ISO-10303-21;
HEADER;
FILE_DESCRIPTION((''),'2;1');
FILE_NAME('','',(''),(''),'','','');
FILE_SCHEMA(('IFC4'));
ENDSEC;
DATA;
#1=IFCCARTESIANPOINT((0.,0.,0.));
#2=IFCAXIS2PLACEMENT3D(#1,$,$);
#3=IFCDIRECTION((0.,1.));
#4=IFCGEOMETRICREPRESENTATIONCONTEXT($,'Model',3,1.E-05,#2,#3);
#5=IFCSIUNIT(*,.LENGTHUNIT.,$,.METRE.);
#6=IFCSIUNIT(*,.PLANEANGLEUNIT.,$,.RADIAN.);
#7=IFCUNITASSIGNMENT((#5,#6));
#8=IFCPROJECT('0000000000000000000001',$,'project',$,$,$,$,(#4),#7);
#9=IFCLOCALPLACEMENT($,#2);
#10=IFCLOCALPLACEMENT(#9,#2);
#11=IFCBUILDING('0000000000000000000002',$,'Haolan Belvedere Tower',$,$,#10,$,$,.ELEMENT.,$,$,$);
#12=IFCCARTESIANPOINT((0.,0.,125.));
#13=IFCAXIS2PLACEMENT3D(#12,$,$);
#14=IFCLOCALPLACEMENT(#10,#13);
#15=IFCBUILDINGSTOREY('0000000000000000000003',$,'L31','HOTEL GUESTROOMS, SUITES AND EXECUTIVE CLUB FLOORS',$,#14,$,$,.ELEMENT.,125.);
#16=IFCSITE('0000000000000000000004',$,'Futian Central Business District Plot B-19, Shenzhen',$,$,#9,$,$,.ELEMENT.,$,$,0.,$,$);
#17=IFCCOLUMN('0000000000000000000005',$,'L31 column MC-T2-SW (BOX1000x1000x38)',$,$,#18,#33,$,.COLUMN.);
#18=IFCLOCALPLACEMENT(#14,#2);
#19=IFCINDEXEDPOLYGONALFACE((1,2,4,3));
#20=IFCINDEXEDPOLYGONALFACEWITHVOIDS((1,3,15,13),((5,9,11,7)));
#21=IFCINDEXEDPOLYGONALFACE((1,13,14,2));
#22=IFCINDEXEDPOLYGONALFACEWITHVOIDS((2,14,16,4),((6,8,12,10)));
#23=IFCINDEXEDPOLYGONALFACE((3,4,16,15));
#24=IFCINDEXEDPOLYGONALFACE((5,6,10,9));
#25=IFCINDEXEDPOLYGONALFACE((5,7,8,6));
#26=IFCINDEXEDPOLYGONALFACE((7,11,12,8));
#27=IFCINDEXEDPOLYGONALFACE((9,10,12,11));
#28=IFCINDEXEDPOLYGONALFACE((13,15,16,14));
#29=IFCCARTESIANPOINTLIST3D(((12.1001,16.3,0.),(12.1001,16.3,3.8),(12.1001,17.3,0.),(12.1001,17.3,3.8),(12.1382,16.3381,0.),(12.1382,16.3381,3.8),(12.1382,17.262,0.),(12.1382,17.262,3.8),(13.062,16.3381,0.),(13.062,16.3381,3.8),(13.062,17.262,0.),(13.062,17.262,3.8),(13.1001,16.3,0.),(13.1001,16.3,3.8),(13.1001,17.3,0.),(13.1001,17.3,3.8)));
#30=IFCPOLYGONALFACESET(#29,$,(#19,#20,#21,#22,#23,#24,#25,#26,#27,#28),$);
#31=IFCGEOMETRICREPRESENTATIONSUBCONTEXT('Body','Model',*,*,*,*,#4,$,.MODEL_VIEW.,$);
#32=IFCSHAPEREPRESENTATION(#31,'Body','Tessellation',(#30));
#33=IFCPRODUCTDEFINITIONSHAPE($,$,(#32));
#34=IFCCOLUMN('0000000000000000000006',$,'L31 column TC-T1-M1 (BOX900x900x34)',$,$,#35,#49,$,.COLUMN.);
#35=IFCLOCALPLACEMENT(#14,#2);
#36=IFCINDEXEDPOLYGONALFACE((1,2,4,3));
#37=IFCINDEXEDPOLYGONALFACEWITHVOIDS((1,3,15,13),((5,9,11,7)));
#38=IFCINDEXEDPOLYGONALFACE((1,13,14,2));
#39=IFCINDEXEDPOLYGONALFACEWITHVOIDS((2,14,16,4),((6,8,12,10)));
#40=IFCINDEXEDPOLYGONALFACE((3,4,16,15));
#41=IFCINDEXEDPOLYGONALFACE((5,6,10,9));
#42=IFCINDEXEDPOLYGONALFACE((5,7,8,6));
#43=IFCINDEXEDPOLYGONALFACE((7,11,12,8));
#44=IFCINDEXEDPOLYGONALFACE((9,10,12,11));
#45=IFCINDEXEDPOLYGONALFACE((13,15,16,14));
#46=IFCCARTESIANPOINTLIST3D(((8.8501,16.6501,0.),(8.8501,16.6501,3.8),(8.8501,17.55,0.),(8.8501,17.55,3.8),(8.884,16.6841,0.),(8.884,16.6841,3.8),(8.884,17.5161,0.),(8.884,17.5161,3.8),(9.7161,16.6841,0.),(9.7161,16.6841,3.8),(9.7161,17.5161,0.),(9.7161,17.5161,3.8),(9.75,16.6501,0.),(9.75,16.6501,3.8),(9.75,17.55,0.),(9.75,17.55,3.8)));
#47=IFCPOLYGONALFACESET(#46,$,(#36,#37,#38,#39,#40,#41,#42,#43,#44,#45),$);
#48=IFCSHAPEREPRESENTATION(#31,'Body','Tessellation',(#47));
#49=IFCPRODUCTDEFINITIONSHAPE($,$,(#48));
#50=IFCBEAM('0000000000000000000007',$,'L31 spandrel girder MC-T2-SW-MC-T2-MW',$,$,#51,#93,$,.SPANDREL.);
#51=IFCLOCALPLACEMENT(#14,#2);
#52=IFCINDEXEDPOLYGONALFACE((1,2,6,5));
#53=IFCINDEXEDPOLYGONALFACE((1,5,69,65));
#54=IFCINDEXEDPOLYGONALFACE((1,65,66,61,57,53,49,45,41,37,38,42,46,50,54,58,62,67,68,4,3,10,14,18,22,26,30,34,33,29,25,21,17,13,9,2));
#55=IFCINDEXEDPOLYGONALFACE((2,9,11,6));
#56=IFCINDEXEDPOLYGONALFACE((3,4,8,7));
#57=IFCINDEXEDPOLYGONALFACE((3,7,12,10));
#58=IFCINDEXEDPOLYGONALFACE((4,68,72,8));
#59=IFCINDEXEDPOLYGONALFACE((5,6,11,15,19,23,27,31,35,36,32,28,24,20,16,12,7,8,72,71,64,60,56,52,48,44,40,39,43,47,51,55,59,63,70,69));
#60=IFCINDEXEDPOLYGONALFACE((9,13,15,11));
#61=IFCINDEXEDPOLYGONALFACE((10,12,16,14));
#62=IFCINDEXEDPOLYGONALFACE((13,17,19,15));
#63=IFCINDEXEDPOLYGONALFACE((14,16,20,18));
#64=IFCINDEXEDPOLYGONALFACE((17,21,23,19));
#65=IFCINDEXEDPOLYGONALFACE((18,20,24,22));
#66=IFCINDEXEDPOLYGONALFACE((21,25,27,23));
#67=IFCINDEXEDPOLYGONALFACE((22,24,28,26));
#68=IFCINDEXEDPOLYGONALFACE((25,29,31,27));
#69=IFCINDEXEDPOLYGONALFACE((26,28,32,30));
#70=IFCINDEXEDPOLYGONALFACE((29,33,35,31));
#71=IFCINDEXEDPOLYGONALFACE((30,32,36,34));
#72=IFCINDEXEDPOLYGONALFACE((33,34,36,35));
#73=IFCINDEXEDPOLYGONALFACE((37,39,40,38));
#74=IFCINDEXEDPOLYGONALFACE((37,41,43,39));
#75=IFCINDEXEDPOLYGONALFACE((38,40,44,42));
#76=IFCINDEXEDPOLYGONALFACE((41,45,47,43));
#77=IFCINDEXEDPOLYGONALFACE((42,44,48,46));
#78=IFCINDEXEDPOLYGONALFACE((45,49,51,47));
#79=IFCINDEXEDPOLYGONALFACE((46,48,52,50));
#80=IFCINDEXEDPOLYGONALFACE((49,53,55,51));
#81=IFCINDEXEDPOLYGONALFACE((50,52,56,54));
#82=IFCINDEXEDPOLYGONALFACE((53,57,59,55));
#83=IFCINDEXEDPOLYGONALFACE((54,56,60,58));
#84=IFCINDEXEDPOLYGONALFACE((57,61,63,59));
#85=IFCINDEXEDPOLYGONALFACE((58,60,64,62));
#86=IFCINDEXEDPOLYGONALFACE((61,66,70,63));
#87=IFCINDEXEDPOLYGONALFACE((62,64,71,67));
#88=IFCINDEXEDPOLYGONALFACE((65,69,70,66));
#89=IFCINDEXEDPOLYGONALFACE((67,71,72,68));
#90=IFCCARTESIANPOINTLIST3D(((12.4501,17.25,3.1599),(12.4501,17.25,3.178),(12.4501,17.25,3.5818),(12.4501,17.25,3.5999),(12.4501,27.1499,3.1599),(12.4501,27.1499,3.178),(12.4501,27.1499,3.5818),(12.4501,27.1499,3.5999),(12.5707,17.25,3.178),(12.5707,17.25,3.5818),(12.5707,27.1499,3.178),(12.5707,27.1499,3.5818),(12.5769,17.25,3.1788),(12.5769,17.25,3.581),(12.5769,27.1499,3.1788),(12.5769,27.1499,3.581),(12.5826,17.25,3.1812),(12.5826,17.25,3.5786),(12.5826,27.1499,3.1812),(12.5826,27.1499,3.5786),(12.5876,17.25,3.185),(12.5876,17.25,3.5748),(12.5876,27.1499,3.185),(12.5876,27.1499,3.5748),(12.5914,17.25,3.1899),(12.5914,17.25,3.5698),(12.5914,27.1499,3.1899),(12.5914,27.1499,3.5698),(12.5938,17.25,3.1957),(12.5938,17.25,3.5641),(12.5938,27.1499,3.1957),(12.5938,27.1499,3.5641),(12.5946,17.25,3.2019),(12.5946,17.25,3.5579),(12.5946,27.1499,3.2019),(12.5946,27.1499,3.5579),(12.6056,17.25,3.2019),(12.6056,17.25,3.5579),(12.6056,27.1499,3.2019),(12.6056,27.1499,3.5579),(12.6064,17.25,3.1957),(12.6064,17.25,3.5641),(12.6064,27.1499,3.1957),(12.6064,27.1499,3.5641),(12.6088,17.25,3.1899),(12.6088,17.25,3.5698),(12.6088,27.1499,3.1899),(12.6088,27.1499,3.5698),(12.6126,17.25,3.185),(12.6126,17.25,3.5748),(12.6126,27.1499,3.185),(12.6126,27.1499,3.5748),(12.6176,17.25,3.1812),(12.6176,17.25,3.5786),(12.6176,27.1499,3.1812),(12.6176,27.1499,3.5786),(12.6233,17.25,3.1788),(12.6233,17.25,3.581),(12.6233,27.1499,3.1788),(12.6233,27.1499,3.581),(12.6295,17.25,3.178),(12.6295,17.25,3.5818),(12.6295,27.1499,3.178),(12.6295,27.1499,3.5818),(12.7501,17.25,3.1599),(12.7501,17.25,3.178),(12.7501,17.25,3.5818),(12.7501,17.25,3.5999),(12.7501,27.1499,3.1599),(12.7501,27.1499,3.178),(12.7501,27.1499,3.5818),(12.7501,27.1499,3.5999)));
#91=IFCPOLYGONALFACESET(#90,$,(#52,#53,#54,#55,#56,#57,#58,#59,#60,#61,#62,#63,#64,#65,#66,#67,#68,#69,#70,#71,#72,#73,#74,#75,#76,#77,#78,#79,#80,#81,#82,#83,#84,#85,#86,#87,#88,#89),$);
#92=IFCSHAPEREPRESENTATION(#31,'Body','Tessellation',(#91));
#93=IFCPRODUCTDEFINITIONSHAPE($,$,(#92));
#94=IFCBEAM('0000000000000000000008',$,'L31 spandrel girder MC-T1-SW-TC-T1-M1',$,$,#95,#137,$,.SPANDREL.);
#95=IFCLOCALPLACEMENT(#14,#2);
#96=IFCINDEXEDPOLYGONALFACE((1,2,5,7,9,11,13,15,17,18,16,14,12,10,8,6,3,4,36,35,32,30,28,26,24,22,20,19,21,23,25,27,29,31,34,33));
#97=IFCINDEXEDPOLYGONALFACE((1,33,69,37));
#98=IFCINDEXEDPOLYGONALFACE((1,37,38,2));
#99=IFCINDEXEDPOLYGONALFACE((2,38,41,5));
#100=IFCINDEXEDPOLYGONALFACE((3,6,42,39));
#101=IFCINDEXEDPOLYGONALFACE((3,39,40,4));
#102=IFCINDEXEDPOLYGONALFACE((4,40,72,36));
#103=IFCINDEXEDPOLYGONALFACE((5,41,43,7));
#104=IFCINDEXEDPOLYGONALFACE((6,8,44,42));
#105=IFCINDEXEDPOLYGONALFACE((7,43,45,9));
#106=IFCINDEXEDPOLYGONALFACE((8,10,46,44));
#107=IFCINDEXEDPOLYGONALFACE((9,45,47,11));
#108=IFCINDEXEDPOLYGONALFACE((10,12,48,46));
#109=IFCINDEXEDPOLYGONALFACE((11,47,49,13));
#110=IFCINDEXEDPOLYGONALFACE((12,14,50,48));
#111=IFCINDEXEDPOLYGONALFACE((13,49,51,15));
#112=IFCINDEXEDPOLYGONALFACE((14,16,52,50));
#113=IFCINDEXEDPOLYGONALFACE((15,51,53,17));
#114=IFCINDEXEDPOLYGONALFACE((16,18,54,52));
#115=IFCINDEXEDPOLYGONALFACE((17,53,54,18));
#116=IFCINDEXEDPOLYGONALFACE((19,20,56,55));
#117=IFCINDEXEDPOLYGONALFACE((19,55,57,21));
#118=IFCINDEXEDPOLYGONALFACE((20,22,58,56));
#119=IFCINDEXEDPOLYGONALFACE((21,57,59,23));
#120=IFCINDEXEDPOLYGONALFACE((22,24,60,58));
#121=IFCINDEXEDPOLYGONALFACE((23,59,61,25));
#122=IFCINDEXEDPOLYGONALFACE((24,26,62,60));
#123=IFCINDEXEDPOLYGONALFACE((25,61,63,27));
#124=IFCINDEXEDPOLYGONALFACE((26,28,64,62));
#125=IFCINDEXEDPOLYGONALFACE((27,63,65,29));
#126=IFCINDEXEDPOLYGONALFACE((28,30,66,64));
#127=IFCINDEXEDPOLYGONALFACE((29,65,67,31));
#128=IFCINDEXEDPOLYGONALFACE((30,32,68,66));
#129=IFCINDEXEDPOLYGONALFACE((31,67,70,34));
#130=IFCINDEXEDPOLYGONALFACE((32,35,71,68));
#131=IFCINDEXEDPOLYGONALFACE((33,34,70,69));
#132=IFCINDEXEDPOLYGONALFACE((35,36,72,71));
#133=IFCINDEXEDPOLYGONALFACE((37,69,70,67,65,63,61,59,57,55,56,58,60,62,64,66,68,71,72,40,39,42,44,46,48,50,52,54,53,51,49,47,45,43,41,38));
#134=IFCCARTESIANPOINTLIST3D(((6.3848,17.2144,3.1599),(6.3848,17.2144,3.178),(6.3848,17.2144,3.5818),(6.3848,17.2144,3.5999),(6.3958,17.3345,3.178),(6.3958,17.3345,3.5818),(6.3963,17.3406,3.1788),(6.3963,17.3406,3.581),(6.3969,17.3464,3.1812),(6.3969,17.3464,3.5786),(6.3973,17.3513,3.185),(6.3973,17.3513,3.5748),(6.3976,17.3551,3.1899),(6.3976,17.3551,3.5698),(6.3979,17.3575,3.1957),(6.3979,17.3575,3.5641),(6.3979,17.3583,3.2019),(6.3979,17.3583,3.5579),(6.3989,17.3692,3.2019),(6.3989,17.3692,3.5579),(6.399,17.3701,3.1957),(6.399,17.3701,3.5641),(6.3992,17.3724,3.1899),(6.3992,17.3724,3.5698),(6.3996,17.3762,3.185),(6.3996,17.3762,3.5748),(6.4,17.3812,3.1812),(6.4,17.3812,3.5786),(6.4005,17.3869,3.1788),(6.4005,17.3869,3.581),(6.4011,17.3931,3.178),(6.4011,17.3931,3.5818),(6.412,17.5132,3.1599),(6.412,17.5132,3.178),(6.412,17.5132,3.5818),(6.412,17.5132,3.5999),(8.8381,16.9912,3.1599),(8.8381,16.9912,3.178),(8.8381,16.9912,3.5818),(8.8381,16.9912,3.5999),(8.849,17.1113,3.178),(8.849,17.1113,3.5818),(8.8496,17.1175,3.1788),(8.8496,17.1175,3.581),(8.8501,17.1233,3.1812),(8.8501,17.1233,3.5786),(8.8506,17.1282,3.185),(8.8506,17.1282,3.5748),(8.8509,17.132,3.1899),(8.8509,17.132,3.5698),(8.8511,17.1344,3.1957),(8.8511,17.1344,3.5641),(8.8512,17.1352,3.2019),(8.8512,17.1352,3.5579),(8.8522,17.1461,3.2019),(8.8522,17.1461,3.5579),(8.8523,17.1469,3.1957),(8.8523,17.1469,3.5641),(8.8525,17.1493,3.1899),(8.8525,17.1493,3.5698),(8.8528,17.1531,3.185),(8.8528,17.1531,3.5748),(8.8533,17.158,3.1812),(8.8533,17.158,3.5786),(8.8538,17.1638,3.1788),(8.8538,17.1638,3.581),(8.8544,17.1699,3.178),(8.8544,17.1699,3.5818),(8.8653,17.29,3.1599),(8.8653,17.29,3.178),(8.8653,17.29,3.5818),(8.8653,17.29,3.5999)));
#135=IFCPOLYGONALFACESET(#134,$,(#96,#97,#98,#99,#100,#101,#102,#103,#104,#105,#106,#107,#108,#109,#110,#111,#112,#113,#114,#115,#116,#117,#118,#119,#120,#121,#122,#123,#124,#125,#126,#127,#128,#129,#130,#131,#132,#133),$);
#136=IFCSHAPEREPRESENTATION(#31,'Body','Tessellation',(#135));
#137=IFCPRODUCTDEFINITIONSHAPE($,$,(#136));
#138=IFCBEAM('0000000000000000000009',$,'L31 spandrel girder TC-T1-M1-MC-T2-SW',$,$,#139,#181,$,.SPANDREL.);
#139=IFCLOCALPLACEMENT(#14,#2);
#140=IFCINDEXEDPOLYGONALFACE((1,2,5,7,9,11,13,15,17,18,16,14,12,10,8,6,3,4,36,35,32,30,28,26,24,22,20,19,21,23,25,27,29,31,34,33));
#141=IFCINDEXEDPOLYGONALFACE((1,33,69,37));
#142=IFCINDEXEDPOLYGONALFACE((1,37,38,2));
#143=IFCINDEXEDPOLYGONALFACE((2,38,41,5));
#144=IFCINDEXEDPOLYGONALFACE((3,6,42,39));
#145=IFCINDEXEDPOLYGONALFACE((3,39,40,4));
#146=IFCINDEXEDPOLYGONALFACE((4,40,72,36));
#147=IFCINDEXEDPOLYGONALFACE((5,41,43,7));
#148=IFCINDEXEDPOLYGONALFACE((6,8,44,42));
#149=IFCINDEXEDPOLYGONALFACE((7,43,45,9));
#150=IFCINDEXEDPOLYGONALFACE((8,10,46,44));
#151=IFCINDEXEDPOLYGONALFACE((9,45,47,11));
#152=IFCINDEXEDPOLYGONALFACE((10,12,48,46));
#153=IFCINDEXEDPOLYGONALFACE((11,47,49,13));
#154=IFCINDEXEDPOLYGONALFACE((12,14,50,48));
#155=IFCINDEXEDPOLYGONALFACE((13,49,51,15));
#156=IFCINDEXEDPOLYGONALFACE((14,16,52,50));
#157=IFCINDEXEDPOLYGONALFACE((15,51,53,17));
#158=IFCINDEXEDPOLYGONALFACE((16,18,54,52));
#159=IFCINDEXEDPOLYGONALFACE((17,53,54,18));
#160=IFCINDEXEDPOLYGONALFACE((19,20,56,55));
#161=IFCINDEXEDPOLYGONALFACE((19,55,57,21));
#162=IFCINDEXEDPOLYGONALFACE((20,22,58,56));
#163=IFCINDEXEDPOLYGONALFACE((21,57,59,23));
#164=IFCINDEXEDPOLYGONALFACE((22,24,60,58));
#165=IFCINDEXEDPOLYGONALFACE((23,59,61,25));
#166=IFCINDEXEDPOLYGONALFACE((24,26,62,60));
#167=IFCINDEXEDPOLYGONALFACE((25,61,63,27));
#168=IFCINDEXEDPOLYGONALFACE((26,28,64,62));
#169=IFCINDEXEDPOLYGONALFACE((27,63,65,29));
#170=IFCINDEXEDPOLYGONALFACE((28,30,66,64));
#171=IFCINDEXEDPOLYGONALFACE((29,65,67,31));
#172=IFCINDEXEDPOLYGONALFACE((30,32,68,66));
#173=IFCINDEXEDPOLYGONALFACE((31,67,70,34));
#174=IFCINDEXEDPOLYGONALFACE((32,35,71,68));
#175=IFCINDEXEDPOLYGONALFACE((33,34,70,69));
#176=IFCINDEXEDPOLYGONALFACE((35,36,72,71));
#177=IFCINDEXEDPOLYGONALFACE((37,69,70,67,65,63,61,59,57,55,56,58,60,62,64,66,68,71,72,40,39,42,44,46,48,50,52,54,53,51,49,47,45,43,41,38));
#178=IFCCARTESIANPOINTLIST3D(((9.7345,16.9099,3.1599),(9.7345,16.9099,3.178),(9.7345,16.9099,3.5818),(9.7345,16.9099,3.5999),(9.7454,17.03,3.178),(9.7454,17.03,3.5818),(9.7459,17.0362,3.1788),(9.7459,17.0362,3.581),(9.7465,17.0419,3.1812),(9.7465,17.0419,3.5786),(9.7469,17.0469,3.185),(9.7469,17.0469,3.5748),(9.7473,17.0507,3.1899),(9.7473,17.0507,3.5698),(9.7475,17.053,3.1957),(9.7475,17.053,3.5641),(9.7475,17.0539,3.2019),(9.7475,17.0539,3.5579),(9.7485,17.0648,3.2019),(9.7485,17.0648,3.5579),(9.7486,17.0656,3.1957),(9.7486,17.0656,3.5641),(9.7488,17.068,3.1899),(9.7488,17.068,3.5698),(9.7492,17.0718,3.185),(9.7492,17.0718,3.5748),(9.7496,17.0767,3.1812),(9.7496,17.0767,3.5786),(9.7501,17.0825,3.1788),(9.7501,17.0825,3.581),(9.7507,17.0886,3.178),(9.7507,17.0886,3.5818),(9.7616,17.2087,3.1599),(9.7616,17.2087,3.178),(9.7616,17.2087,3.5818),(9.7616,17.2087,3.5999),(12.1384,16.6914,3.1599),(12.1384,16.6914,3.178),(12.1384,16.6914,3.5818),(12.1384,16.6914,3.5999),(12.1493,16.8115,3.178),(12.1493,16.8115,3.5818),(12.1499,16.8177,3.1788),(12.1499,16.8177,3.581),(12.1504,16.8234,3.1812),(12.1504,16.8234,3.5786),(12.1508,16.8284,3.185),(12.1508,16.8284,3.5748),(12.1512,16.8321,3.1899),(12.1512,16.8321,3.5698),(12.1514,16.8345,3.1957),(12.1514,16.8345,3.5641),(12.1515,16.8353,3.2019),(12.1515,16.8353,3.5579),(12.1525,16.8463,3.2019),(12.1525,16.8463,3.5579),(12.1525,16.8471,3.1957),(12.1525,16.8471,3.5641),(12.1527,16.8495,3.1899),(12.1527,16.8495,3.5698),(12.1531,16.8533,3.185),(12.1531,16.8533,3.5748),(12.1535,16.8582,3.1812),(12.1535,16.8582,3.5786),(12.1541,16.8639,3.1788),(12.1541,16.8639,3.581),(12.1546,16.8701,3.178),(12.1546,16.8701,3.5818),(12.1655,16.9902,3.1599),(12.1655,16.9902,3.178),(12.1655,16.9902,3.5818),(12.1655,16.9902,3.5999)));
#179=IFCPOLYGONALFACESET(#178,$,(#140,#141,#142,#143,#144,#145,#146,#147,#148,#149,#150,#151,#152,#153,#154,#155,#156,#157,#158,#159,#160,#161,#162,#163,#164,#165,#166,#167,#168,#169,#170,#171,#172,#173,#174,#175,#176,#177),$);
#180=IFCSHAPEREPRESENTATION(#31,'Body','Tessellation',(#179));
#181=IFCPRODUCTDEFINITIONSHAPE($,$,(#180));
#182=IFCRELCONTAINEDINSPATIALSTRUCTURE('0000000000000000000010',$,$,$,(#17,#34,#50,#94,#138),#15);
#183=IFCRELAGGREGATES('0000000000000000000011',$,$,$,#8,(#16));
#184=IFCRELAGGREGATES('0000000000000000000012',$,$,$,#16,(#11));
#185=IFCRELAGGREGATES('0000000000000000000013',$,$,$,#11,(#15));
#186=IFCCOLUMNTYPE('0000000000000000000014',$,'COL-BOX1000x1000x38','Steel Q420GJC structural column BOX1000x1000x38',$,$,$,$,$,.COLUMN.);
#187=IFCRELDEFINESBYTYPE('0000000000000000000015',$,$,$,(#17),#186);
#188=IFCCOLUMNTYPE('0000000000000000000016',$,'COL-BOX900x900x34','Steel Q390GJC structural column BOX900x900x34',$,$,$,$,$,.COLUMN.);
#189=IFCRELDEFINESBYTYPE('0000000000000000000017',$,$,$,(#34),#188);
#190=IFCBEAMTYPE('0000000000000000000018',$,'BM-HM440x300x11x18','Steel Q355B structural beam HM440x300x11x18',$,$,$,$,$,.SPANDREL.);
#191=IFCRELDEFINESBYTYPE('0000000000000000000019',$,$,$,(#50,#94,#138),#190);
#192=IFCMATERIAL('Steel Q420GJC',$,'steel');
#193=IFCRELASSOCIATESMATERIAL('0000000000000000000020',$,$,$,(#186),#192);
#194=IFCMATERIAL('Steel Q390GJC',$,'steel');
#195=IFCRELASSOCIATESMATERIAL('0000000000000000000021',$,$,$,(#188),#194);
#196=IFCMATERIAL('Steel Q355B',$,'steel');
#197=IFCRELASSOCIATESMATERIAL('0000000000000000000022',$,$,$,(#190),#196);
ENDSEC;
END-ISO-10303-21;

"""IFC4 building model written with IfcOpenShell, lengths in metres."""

from ifc_helpers import new_model, si_unit, direction, frame, origin, origin_2d, place, context, subcontext, project, spatial, hollow_rectangle, i_section, extrude, material, material_profile, profile_set, type_object, element, save


model = new_model("IFC4")

# Units and contexts
model_context = context("Model", 3, precision=1e-05, world=origin(), true_north=direction((0.0, 1.0)))
body_context = subcontext(model_context, "Body", "Model", "MODEL_VIEW")
ifc_project = project(units=[si_unit("LENGTHUNIT", "METRE"), si_unit("PLANEANGLEUNIT", "RADIAN")], contexts=[model_context])

# Site, building, storey
site_placement = place(None, origin())
site = spatial("IfcSite", under=ifc_project, at=site_placement, Name="Futian Central Business District Plot B-19, Shenzhen", CompositionType="ELEMENT", RefElevation=0.0)
building_placement = place(site_placement, origin())
building = spatial("IfcBuilding", under=site, at=building_placement, Name="Haolan Belvedere Tower", CompositionType="ELEMENT")
storey_placement = place(building_placement, frame((0.0, 0.0, 125.0)))
storey = spatial("IfcBuildingStorey", under=building, at=storey_placement, Name="L31", Description="HOTEL GUESTROOMS, SUITES AND EXECUTIVE CLUB FLOORS", CompositionType="ELEMENT", Elevation=125.0)

# Columns
ifc_material_1 = material(Name="Steel Q420GJC", Category="steel")
ifc_material_profile_1 = material_profile(ifc_material_1, hollow_rectangle(XDim=1.0, YDim=1.0, WallThickness=0.0381, at=origin_2d()), Name="Steel Q420GJC")
ifc_profile_set_1 = profile_set([ifc_material_profile_1], Name="Steel Q420GJC")
column_type_1 = type_object("IfcColumnType", Name="COL-BOX1000x1000x38", Description="Steel Q420GJC structural column BOX1000x1000x38", PredefinedType="COLUMN", material=ifc_profile_set_1)
column_1_placement = place(storey_placement, frame((12.6001, 16.8, 0.0), z_axis=(0.0, 0.0, 1.0), x_axis=(1.0, 0.0, 0.0)))
element("IfcColumn", 1, at=column_1_placement, inside=storey, type_object=column_type_1, Name="L31 column MC-T2-SW (BOX1000x1000x38)", PredefinedType="COLUMN", context=body_context, shape_type="SweptSolid", body=[
    extrude(hollow_rectangle(XDim=1.0, YDim=1.0, WallThickness=0.0381, at=origin_2d()), origin(), (0.0, 0.0, 1.0), 3.8),
])
ifc_material_2 = material(Name="Steel Q390GJC", Category="steel")
ifc_material_profile_2 = material_profile(ifc_material_2, hollow_rectangle(XDim=0.8999, YDim=0.8999, WallThickness=0.0339, at=origin_2d()), Name="Steel Q390GJC")
ifc_profile_set_2 = profile_set([ifc_material_profile_2], Name="Steel Q390GJC")
column_type_2 = type_object("IfcColumnType", Name="COL-BOX900x900x34", Description="Steel Q390GJC structural column BOX900x900x34", PredefinedType="COLUMN", material=ifc_profile_set_2)
column_2_placement = place(storey_placement, frame((9.3, 17.1001, 0.0), z_axis=(0.0, 0.0, 1.0), x_axis=(1.0, 0.0, 0.0)))
element("IfcColumn", 2, at=column_2_placement, inside=storey, type_object=column_type_2, Name="L31 column TC-T1-M1 (BOX900x900x34)", PredefinedType="COLUMN", context=body_context, shape_type="SweptSolid", body=[
    extrude(hollow_rectangle(XDim=0.8999, YDim=0.8999, WallThickness=0.0339, at=origin_2d()), origin(), (0.0, 0.0, 1.0), 3.8),
])

# Beams
ifc_material_3 = material(Name="Steel Q355B", Category="steel")
ifc_material_profile_3 = material_profile(ifc_material_3, i_section(OverallWidth=0.3, OverallDepth=0.4399, WebThickness=0.011, FlangeThickness=0.0181, FilletRadius=0.0239, at=origin_2d()), Name="Steel Q355B")
ifc_profile_set_3 = profile_set([ifc_material_profile_3], Name="Steel Q355B")
beam_type = type_object("IfcBeamType", Name="BM-HM440x300x11x18", Description="Steel Q355B structural beam HM440x300x11x18", PredefinedType="SPANDREL", material=ifc_profile_set_3)
beam_1_placement = place(storey_placement, frame((12.6001, 17.25, 3.3799), z_axis=(0.0, 1.0, 0.0), x_axis=(-1.0, 0.0, 0.0)))
element("IfcBeam", 3, at=beam_1_placement, inside=storey, type_object=beam_type, Name="L31 spandrel girder MC-T2-SW-MC-T2-MW", PredefinedType="SPANDREL", context=body_context, shape_type="SweptSolid", body=[
    extrude(i_section(OverallWidth=0.3, OverallDepth=0.4399, WebThickness=0.011, FlangeThickness=0.0181, FilletRadius=0.0239, at=origin_2d()), origin(), (0.0, 0.0, 1.0), 9.8999),
])
beam_2_placement = place(storey_placement, frame((6.3984, 17.3638, 3.3799), z_axis=(0.995889, -0.09058, 0.0), x_axis=(0.09058, 0.995889, 0.0)))
element("IfcBeam", 4, at=beam_2_placement, inside=storey, type_object=beam_type, Name="L31 spandrel girder MC-T1-SW-TC-T1-M1", PredefinedType="SPANDREL", context=body_context, shape_type="SweptSolid", body=[
    extrude(i_section(OverallWidth=0.3, OverallDepth=0.4399, WebThickness=0.011, FlangeThickness=0.0181, FilletRadius=0.0239, at=origin_2d()), origin(), (0.0, 0.0, 1.0), 2.4634),
])
beam_3_placement = place(storey_placement, frame((9.748, 17.0593, 3.3799), z_axis=(0.995894, -0.090527, 0.0), x_axis=(0.090527, 0.995894, 0.0)))
element("IfcBeam", 5, at=beam_3_placement, inside=storey, type_object=beam_type, Name="L31 spandrel girder TC-T1-M1-MC-T2-SW", PredefinedType="SPANDREL", context=body_context, shape_type="SweptSolid", body=[
    extrude(i_section(OverallWidth=0.3, OverallDepth=0.4399, WebThickness=0.011, FlangeThickness=0.0181, FilletRadius=0.0239, at=origin_2d()), origin(), (0.0, 0.0, 1.0), 2.4138),
])

save(model, "model.ifc")
